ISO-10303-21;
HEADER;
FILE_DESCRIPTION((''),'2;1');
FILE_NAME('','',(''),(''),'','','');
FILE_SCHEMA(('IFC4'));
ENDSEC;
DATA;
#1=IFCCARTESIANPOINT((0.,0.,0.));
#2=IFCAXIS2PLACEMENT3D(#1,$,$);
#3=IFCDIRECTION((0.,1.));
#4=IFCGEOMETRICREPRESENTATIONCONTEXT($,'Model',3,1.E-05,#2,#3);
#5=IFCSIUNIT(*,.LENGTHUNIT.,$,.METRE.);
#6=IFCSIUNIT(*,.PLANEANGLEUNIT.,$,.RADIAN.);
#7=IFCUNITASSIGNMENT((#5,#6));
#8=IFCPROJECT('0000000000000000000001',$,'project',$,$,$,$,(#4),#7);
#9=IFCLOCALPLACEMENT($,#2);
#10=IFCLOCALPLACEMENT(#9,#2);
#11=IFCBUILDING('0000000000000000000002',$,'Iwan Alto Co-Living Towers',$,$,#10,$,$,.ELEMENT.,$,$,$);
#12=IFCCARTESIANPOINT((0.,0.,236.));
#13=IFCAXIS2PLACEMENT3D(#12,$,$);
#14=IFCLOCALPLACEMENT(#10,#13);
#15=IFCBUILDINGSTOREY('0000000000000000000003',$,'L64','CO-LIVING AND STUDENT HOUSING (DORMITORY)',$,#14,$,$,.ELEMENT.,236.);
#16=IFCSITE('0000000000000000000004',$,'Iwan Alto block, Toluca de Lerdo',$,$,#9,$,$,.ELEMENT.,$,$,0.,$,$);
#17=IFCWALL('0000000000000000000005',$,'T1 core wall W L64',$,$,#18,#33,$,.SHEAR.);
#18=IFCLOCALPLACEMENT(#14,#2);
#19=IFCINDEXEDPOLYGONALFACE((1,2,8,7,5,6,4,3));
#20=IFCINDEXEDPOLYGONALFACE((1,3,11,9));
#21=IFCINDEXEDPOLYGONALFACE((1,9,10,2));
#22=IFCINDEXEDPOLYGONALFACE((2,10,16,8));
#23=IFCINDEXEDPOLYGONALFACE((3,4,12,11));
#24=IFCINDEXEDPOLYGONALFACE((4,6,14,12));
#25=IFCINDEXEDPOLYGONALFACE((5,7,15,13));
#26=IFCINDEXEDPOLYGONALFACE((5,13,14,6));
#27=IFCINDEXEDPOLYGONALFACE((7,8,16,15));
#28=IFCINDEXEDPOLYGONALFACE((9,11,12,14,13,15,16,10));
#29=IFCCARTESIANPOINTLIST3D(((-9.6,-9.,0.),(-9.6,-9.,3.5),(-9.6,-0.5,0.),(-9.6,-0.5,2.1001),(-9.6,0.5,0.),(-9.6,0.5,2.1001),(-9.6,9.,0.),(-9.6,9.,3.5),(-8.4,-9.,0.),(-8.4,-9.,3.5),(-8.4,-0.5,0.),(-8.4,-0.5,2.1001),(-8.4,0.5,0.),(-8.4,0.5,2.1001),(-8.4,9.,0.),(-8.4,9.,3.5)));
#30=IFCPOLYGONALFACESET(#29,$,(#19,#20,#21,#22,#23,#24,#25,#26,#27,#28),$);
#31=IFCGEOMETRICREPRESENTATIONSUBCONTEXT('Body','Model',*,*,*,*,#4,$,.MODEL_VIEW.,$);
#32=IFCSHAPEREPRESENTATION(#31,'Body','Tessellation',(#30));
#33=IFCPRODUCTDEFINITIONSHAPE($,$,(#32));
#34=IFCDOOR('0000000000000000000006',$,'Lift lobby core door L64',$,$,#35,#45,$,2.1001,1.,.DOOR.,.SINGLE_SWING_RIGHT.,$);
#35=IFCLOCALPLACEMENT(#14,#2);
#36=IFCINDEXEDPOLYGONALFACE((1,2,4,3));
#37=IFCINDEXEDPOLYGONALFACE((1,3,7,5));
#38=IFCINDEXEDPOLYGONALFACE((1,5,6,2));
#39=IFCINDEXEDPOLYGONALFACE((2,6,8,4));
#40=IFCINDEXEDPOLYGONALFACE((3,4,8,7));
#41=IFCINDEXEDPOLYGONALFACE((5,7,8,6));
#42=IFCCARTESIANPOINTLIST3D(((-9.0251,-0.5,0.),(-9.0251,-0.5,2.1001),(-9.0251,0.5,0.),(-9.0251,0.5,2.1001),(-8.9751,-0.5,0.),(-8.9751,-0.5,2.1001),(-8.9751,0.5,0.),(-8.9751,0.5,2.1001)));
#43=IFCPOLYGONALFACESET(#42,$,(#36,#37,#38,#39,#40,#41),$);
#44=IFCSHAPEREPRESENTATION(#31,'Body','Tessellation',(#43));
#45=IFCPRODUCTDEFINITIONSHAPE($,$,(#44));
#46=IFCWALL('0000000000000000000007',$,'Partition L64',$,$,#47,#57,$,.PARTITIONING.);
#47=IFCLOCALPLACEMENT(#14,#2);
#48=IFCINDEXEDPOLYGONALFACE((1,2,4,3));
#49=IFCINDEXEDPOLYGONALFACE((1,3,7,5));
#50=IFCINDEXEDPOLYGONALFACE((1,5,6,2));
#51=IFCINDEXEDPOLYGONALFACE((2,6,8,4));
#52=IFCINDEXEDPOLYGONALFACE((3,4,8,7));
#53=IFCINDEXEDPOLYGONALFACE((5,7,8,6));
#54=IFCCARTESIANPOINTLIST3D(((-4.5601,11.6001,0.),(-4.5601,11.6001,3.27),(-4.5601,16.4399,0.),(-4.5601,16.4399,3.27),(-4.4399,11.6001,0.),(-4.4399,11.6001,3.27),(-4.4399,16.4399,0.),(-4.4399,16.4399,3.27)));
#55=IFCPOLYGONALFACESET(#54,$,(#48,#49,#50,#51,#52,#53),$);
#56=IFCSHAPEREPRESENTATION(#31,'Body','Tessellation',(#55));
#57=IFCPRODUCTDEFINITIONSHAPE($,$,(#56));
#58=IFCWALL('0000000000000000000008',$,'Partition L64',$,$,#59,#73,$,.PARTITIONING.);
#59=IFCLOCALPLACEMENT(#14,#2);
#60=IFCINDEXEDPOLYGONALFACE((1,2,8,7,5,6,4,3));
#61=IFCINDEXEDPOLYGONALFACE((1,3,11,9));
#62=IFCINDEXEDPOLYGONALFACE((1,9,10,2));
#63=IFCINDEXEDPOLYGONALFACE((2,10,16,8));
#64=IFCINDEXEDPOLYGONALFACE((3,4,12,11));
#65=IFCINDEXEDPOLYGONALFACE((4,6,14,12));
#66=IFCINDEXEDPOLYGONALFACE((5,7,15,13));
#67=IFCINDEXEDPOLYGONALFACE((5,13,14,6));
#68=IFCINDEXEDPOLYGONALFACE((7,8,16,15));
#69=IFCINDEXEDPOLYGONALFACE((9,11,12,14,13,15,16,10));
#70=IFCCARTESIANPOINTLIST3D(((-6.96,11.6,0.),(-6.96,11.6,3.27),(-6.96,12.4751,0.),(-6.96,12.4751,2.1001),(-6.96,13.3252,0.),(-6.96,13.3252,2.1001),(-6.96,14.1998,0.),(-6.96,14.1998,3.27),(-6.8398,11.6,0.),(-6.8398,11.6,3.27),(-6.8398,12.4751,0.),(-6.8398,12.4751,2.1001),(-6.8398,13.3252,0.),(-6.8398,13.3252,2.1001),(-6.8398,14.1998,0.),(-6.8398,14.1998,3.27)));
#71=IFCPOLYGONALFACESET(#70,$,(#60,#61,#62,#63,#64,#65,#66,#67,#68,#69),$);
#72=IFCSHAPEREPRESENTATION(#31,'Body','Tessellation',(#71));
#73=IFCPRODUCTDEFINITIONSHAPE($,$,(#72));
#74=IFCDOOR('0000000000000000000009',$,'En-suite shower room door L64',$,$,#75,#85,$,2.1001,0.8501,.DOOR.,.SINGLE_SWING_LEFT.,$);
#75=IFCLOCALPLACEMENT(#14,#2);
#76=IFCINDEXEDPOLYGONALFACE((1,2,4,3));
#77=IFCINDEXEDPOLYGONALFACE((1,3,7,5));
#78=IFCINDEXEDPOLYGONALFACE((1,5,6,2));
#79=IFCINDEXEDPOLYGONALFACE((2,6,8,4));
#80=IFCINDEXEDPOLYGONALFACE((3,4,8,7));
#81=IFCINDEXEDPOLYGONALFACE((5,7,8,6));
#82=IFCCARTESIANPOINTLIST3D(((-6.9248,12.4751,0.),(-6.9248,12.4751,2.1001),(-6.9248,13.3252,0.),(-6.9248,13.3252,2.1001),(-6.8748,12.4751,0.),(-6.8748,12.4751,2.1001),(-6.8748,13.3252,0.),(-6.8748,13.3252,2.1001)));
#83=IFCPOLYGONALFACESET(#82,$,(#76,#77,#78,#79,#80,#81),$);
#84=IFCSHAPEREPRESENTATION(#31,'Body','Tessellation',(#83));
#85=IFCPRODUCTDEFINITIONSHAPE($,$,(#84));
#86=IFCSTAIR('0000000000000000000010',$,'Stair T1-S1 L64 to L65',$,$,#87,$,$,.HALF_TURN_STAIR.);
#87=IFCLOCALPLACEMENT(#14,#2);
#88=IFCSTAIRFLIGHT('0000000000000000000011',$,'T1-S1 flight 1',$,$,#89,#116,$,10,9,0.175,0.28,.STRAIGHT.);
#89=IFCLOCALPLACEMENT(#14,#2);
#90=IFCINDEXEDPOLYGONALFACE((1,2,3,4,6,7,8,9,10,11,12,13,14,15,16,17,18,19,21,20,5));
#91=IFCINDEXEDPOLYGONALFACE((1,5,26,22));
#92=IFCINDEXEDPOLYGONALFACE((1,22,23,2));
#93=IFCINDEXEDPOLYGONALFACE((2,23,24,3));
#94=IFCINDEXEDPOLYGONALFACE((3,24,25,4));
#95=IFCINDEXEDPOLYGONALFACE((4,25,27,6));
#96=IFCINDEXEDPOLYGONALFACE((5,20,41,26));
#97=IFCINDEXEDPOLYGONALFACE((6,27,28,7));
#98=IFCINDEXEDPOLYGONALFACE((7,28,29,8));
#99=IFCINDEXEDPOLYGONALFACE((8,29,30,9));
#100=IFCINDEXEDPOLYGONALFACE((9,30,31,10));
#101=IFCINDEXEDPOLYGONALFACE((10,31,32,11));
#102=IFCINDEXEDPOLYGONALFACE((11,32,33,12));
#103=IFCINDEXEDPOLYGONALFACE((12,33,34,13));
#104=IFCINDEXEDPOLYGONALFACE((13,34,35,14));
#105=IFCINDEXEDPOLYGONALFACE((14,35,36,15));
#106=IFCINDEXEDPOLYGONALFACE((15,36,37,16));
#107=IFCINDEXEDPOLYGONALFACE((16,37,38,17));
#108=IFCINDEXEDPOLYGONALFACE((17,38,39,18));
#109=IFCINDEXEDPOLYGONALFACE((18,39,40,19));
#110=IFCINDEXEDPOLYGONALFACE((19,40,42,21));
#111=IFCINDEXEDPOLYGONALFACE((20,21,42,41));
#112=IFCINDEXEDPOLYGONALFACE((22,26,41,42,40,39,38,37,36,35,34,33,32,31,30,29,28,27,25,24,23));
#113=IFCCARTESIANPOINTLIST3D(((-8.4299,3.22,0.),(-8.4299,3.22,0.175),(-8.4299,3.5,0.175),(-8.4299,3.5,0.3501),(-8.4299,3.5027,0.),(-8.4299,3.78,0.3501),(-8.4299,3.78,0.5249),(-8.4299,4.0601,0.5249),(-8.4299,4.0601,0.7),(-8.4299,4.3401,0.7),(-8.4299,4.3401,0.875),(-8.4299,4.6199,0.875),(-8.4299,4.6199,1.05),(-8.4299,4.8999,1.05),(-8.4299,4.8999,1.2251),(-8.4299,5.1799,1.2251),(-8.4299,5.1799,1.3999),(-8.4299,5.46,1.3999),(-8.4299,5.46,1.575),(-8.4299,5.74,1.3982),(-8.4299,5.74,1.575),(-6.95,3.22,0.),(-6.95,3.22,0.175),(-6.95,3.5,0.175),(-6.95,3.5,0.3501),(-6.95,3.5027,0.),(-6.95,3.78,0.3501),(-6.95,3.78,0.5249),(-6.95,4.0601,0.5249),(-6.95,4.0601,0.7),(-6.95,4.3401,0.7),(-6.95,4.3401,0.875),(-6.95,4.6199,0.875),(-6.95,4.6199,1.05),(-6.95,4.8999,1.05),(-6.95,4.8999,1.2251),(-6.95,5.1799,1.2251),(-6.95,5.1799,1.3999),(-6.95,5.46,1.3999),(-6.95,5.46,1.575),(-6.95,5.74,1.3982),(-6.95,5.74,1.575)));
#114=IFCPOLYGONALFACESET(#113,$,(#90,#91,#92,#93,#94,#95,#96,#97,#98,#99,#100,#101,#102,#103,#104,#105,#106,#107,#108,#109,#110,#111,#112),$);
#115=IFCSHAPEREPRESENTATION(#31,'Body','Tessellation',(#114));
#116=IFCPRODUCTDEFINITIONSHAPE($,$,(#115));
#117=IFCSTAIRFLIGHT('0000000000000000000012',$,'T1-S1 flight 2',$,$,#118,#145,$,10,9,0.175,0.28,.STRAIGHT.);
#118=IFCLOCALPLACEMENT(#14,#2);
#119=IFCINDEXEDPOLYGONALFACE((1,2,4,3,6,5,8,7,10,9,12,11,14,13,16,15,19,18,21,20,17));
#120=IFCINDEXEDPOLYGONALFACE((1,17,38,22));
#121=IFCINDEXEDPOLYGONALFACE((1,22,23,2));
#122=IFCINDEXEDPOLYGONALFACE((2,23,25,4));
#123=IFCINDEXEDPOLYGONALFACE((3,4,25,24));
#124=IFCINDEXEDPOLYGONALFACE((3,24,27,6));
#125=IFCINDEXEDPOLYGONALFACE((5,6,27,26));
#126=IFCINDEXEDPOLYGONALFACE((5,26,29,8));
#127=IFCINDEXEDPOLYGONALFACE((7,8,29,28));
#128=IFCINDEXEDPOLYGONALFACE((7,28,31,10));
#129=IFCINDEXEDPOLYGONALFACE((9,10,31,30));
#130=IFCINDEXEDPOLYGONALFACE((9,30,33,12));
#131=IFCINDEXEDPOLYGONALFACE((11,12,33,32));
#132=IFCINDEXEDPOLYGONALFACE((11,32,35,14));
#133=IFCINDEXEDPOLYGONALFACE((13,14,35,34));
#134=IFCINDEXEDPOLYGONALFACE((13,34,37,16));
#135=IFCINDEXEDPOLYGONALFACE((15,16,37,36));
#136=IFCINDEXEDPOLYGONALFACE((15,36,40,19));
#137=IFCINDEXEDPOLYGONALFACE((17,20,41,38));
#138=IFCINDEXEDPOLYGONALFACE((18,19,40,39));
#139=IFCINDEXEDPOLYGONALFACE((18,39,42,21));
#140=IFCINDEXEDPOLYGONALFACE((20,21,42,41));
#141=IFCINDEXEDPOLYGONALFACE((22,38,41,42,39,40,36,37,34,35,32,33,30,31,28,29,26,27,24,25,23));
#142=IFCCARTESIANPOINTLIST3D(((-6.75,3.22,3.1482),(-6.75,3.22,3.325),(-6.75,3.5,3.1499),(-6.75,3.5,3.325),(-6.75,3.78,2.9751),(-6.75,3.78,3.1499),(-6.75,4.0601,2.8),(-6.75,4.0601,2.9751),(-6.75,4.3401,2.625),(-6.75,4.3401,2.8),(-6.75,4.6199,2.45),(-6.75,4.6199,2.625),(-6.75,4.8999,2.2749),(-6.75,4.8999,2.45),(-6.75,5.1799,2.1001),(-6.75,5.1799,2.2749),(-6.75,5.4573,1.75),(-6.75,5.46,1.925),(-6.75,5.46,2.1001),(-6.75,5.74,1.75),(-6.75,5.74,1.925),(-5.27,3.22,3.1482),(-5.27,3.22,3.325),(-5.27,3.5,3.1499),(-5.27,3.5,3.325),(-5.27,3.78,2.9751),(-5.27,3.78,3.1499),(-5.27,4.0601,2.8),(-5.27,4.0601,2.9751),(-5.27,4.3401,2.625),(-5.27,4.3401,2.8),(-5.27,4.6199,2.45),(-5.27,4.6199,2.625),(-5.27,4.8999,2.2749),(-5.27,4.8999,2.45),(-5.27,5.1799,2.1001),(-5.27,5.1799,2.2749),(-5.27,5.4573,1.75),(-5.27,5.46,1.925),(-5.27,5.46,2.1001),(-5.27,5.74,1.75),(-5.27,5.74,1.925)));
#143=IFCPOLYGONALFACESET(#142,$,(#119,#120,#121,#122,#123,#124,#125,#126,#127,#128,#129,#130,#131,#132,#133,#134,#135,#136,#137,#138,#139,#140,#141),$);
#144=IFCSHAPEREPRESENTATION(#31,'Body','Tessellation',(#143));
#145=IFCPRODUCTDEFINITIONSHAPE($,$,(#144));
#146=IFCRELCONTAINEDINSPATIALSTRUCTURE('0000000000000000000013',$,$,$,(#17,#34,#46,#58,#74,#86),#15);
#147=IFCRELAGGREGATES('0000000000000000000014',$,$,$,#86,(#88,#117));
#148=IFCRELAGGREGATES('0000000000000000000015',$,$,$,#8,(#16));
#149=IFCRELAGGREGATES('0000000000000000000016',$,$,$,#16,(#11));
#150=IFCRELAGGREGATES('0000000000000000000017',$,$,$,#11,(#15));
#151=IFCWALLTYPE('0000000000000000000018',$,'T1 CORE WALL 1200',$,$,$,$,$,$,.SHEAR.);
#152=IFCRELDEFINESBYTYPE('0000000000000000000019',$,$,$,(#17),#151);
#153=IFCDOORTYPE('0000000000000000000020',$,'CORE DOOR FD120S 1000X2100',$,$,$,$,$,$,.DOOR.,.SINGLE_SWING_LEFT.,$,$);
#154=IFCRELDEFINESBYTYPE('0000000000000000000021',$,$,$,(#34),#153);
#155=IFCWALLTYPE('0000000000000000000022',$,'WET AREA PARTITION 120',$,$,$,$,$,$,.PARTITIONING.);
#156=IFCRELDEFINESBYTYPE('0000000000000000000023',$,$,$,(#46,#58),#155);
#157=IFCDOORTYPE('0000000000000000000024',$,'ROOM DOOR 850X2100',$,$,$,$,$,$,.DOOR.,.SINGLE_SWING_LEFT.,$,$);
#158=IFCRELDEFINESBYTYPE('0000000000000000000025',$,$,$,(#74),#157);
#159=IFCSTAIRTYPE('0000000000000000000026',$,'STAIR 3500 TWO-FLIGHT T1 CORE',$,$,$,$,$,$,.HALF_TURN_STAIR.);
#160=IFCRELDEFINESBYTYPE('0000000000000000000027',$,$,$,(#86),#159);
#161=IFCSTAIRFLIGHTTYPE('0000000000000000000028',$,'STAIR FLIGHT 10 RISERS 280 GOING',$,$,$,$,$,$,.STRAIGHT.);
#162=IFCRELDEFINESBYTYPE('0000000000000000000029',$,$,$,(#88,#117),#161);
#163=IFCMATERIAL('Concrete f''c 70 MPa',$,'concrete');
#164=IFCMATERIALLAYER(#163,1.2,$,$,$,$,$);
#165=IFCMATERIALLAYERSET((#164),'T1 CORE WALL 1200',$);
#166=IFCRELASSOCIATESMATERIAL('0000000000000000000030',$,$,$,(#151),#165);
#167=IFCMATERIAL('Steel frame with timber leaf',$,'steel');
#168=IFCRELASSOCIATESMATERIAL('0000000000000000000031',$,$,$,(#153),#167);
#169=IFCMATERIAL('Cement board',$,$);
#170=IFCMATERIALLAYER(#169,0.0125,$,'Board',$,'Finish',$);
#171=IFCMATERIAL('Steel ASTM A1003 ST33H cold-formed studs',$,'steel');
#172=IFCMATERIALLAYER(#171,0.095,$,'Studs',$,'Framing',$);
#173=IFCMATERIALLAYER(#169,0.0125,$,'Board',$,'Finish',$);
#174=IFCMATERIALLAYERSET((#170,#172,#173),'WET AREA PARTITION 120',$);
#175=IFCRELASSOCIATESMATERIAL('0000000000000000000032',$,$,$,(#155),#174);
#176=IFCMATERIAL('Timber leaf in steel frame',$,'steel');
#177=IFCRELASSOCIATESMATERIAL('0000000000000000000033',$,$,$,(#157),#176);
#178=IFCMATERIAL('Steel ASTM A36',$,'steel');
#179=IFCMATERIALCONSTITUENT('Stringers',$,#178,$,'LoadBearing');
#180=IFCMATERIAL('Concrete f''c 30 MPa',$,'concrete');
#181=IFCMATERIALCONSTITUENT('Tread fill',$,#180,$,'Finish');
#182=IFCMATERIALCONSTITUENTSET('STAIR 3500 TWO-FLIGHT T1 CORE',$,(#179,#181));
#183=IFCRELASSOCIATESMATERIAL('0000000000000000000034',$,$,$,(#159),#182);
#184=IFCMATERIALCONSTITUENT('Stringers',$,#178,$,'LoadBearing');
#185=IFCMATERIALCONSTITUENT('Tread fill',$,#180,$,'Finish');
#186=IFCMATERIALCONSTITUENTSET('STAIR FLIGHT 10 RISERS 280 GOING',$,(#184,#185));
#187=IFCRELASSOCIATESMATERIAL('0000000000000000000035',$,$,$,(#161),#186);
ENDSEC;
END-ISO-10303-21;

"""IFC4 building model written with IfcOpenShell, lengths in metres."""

from ifc_helpers import new_model, si_unit, direction, frame, frame_2d, origin, place, context, subcontext, project, spatial, polyline, rectangle, outline, extrude, material, layer, layer_set, constituent, constituent_set, type_object, element, fill, aggregate, save


model = new_model("IFC4")

# Units and contexts
model_context = context("Model", 3, precision=1e-05, world=origin(), true_north=direction((0.0, 1.0)))
body_context = subcontext(model_context, "Body", "Model", "MODEL_VIEW")
ifc_project = project(units=[si_unit("LENGTHUNIT", "METRE"), si_unit("PLANEANGLEUNIT", "RADIAN")], contexts=[model_context])

# Site, building, storey
site_placement = place(None, origin())
site = spatial("IfcSite", under=ifc_project, at=site_placement, Name="Iwan Alto block, Toluca de Lerdo", CompositionType="ELEMENT", RefElevation=0.0)
building_placement = place(site_placement, origin())
building = spatial("IfcBuilding", under=site, at=building_placement, Name="Iwan Alto Co-Living Towers", CompositionType="ELEMENT")
storey_placement = place(building_placement, frame((0.0, 0.0, 236.0)))
storey = spatial("IfcBuildingStorey", under=building, at=storey_placement, Name="L64", Description="CO-LIVING AND STUDENT HOUSING (DORMITORY)", CompositionType="ELEMENT", Elevation=236.0)

# Shared definitions
ifc_material_1 = material(Name="Steel ASTM A1003 ST33H cold-formed studs", Category="steel")

# Wall, opening, door
ifc_material_2 = material(Name="Concrete f'c 70 MPa", Category="concrete")
ifc_layer_1 = layer(ifc_material_2, 1.2)
ifc_layer_set_1 = layer_set([ifc_layer_1], Name="T1 CORE WALL 1200")
wall_type_1 = type_object("IfcWallType", Name="T1 CORE WALL 1200", PredefinedType="SHEAR", material=ifc_layer_set_1)
wall_1_placement = place(storey_placement, frame((-9.0, 9.0, 0.0), z_axis=(0.0, 0.0, 1.0), x_axis=(0.0, -1.0, 0.0)))
wall_1 = element("IfcWall", 1, at=wall_1_placement, inside=storey, type_object=wall_type_1, Name="T1 core wall W L64", PredefinedType="SHEAR", context=body_context, shape_type="SweptSolid", body=[
    extrude(rectangle(XDim=18.0, YDim=1.2, at=frame_2d((9.0, 0.0))), origin(), (0.0, 0.0, 1.0), 3.5),
])
opening_1_placement = place(wall_1_placement, frame((8.5, 0.0, 0.0)))
opening_1 = element("IfcOpeningElement", 2, at=opening_1_placement, cuts=wall_1, PredefinedType="OPENING", context=body_context, shape_type="SweptSolid", body=[
    extrude(rectangle(XDim=1.0, YDim=2.1001, at=frame_2d((0.5, 1.05))), frame((0.0, 0.6099, 0.0), z_axis=(0.0, -1.0, 0.0), x_axis=(1.0, 0.0, 0.0)), (0.0, 0.0, 1.0), 1.22),
])
ifc_material_3 = material(Name="Steel frame with timber leaf", Category="steel")
door_type_1 = type_object("IfcDoorType", Name="CORE DOOR FD120S 1000X2100", OperationType="SINGLE_SWING_LEFT", PredefinedType="DOOR", material=ifc_material_3)
door_1_placement = place(opening_1_placement, origin())
door_1 = element("IfcDoor", 3, at=door_1_placement, inside=storey, type_object=door_type_1, Name="Lift lobby core door L64", OperationType="SINGLE_SWING_RIGHT", OverallHeight=2.1001, OverallWidth=1.0, PredefinedType="DOOR", context=body_context, shape_type="SweptSolid", body=[
    extrude(rectangle(XDim=1.0, YDim=2.1001, at=frame_2d((0.5, 1.05))), frame((0.0, 0.0249, 0.0), z_axis=(0.0, -1.0, 0.0), x_axis=(1.0, 0.0, 0.0)), (0.0, 0.0, 1.0), 0.05),
])
fill(opening_1, door_1)

# Wall
ifc_material_4 = material(Name="Cement board")
ifc_layer_2 = layer(ifc_material_4, 0.0125, Name="Board", Category="Finish")
ifc_layer_3 = layer(ifc_material_1, 0.095, Name="Studs", Category="Framing")
ifc_layer_4 = layer(ifc_material_4, 0.0125, Name="Board", Category="Finish")
ifc_layer_set_2 = layer_set([ifc_layer_2, ifc_layer_3, ifc_layer_4], Name="WET AREA PARTITION 120")
wall_type_2 = type_object("IfcWallType", Name="WET AREA PARTITION 120", PredefinedType="PARTITIONING", material=ifc_layer_set_2)
wall_2_placement = place(storey_placement, frame((-4.5, 11.6001, 0.0), z_axis=(0.0, 0.0, 1.0), x_axis=(0.0, 1.0, 0.0)))
element("IfcWall", 4, at=wall_2_placement, inside=storey, type_object=wall_type_2, Name="Partition L64", PredefinedType="PARTITIONING", context=body_context, shape_type="SweptSolid", body=[
    extrude(rectangle(XDim=4.8398, YDim=0.1201, at=frame_2d((2.4199, 0.0))), origin(), (0.0, 0.0, 1.0), 3.27),
])

# Wall, opening, door
wall_3_placement = place(storey_placement, frame((-6.8999, 11.6001, 0.0), z_axis=(0.0, 0.0, 1.0), x_axis=(0.0, 1.0, 0.0)))
wall_3 = element("IfcWall", 5, at=wall_3_placement, inside=storey, type_object=wall_type_2, Name="Partition L64", PredefinedType="PARTITIONING", context=body_context, shape_type="SweptSolid", body=[
    extrude(rectangle(XDim=2.5999, YDim=0.1201, at=frame_2d((1.2998, 0.0))), origin(), (0.0, 0.0, 1.0), 3.27),
])
opening_2_placement = place(wall_3_placement, frame((0.875, 0.0, 0.0)))
opening_2 = element("IfcOpeningElement", 6, at=opening_2_placement, cuts=wall_3, PredefinedType="OPENING", context=body_context, shape_type="SweptSolid", body=[
    extrude(rectangle(XDim=0.8501, YDim=2.1001, at=frame_2d((0.425, 1.05))), frame((0.0, 0.0701, 0.0), z_axis=(0.0, -1.0, 0.0), x_axis=(1.0, 0.0, 0.0)), (0.0, 0.0, 1.0), 0.1401),
])
ifc_material_5 = material(Name="Timber leaf in steel frame", Category="steel")
door_type_2 = type_object("IfcDoorType", Name="ROOM DOOR 850X2100", OperationType="SINGLE_SWING_LEFT", PredefinedType="DOOR", material=ifc_material_5)
door_2_placement = place(opening_2_placement, origin())
door_2 = element("IfcDoor", 7, at=door_2_placement, inside=storey, type_object=door_type_2, Name="En-suite shower room door L64", OperationType="SINGLE_SWING_LEFT", OverallHeight=2.1001, OverallWidth=0.8501, PredefinedType="DOOR", context=body_context, shape_type="SweptSolid", body=[
    extrude(rectangle(XDim=0.8501, YDim=2.1001, at=frame_2d((0.425, 1.05))), frame((0.0, 0.0249, 0.0), z_axis=(0.0, -1.0, 0.0), x_axis=(1.0, 0.0, 0.0)), (0.0, 0.0, 1.0), 0.05),
])
fill(opening_2, door_2)

# Stair, stair flights
ifc_material_6 = material(Name="Steel ASTM A36", Category="steel")
ifc_constituent_1 = constituent(ifc_material_6, Name="Stringers", Category="LoadBearing")
ifc_material_7 = material(Name="Concrete f'c 30 MPa", Category="concrete")
ifc_constituent_2 = constituent(ifc_material_7, Name="Tread fill", Category="Finish")
ifc_constituent_set_1 = constituent_set(constituents=[ifc_constituent_1, ifc_constituent_2], Name="STAIR 3500 TWO-FLIGHT T1 CORE")
stair_type = type_object("IfcStairType", Name="STAIR 3500 TWO-FLIGHT T1 CORE", PredefinedType="HALF_TURN_STAIR", material=ifc_constituent_set_1)
stair_placement = place(storey_placement, origin())
stair = element("IfcStair", 8, at=stair_placement, inside=storey, type_object=stair_type, Name="Stair T1-S1 L64 to L65", PredefinedType="HALF_TURN_STAIR")
ifc_constituent_3 = constituent(ifc_material_6, Name="Stringers", Category="LoadBearing")
ifc_constituent_4 = constituent(ifc_material_7, Name="Tread fill", Category="Finish")
ifc_constituent_set_2 = constituent_set(constituents=[ifc_constituent_3, ifc_constituent_4], Name="STAIR FLIGHT 10 RISERS 280 GOING")
stair_flight_type = type_object("IfcStairFlightType", Name="STAIR FLIGHT 10 RISERS 280 GOING", PredefinedType="STRAIGHT", material=ifc_constituent_set_2)
stair_flight_1_placement = place(storey_placement, frame((-7.6899, 3.22, 0.0), z_axis=(0.0, 0.0, 1.0), x_axis=(0.0, 1.0, 0.0)))
stair_flight_1 = element("IfcStairFlight", 9, at=stair_flight_1_placement, type_object=stair_flight_type, Name="T1-S1 flight 1", NumberOfRisers=10, NumberOfTreads=9, PredefinedType="STRAIGHT", RiserHeight=0.175, TreadLength=0.28, context=body_context, shape_type="SweptSolid", body=[
    extrude(outline(polyline([(0.0, 0.0), (0.0, 0.175), (0.28, 0.175), (0.28, 0.3501), (0.5601, 0.3501), (0.5601, 0.5249), (0.8401, 0.5249), (0.8401, 0.7), (1.1201, 0.7), (1.1201, 0.875), (1.3999, 0.875), (1.3999, 1.05), (1.6799, 1.05), (1.6799, 1.2251), (1.96, 1.2251), (1.96, 1.3999), (2.24, 1.3999), (2.24, 1.575), (2.52, 1.575), (2.52, 1.75), (2.52, 1.3982), (0.2827, 0.0), (0.0, 0.0)])), frame((0.0, 0.74, 0.0), z_axis=(0.0, -1.0, 0.0), x_axis=(1.0, 0.0, 0.0)), (0.0, 0.0, 1.0), 1.48),
])
stair_flight_2_placement = place(storey_placement, frame((-6.01, 5.74, 1.75), z_axis=(0.0, 0.0, 1.0), x_axis=(0.0, -1.0, 0.0)))
stair_flight_2 = element("IfcStairFlight", 10, at=stair_flight_2_placement, type_object=stair_flight_type, Name="T1-S1 flight 2", NumberOfRisers=10, NumberOfTreads=9, PredefinedType="STRAIGHT", RiserHeight=0.175, TreadLength=0.28, context=body_context, shape_type="SweptSolid", body=[
    extrude(outline(polyline([(0.0, 0.0), (0.0, 0.175), (0.28, 0.175), (0.28, 0.3501), (0.5601, 0.3501), (0.5601, 0.5249), (0.8401, 0.5249), (0.8401, 0.7), (1.1201, 0.7), (1.1201, 0.875), (1.3999, 0.875), (1.3999, 1.05), (1.6799, 1.05), (1.6799, 1.2251), (1.96, 1.2251), (1.96, 1.3999), (2.24, 1.3999), (2.24, 1.575), (2.52, 1.575), (2.52, 1.75), (2.52, 1.3982), (0.2827, 0.0), (0.0, 0.0)])), frame((0.0, 0.74, 0.0), z_axis=(0.0, -1.0, 0.0), x_axis=(1.0, 0.0, 0.0)), (0.0, 0.0, 1.0), 1.48),
])
aggregate(stair, [stair_flight_1, stair_flight_2])

save(model, "model.ifc")
